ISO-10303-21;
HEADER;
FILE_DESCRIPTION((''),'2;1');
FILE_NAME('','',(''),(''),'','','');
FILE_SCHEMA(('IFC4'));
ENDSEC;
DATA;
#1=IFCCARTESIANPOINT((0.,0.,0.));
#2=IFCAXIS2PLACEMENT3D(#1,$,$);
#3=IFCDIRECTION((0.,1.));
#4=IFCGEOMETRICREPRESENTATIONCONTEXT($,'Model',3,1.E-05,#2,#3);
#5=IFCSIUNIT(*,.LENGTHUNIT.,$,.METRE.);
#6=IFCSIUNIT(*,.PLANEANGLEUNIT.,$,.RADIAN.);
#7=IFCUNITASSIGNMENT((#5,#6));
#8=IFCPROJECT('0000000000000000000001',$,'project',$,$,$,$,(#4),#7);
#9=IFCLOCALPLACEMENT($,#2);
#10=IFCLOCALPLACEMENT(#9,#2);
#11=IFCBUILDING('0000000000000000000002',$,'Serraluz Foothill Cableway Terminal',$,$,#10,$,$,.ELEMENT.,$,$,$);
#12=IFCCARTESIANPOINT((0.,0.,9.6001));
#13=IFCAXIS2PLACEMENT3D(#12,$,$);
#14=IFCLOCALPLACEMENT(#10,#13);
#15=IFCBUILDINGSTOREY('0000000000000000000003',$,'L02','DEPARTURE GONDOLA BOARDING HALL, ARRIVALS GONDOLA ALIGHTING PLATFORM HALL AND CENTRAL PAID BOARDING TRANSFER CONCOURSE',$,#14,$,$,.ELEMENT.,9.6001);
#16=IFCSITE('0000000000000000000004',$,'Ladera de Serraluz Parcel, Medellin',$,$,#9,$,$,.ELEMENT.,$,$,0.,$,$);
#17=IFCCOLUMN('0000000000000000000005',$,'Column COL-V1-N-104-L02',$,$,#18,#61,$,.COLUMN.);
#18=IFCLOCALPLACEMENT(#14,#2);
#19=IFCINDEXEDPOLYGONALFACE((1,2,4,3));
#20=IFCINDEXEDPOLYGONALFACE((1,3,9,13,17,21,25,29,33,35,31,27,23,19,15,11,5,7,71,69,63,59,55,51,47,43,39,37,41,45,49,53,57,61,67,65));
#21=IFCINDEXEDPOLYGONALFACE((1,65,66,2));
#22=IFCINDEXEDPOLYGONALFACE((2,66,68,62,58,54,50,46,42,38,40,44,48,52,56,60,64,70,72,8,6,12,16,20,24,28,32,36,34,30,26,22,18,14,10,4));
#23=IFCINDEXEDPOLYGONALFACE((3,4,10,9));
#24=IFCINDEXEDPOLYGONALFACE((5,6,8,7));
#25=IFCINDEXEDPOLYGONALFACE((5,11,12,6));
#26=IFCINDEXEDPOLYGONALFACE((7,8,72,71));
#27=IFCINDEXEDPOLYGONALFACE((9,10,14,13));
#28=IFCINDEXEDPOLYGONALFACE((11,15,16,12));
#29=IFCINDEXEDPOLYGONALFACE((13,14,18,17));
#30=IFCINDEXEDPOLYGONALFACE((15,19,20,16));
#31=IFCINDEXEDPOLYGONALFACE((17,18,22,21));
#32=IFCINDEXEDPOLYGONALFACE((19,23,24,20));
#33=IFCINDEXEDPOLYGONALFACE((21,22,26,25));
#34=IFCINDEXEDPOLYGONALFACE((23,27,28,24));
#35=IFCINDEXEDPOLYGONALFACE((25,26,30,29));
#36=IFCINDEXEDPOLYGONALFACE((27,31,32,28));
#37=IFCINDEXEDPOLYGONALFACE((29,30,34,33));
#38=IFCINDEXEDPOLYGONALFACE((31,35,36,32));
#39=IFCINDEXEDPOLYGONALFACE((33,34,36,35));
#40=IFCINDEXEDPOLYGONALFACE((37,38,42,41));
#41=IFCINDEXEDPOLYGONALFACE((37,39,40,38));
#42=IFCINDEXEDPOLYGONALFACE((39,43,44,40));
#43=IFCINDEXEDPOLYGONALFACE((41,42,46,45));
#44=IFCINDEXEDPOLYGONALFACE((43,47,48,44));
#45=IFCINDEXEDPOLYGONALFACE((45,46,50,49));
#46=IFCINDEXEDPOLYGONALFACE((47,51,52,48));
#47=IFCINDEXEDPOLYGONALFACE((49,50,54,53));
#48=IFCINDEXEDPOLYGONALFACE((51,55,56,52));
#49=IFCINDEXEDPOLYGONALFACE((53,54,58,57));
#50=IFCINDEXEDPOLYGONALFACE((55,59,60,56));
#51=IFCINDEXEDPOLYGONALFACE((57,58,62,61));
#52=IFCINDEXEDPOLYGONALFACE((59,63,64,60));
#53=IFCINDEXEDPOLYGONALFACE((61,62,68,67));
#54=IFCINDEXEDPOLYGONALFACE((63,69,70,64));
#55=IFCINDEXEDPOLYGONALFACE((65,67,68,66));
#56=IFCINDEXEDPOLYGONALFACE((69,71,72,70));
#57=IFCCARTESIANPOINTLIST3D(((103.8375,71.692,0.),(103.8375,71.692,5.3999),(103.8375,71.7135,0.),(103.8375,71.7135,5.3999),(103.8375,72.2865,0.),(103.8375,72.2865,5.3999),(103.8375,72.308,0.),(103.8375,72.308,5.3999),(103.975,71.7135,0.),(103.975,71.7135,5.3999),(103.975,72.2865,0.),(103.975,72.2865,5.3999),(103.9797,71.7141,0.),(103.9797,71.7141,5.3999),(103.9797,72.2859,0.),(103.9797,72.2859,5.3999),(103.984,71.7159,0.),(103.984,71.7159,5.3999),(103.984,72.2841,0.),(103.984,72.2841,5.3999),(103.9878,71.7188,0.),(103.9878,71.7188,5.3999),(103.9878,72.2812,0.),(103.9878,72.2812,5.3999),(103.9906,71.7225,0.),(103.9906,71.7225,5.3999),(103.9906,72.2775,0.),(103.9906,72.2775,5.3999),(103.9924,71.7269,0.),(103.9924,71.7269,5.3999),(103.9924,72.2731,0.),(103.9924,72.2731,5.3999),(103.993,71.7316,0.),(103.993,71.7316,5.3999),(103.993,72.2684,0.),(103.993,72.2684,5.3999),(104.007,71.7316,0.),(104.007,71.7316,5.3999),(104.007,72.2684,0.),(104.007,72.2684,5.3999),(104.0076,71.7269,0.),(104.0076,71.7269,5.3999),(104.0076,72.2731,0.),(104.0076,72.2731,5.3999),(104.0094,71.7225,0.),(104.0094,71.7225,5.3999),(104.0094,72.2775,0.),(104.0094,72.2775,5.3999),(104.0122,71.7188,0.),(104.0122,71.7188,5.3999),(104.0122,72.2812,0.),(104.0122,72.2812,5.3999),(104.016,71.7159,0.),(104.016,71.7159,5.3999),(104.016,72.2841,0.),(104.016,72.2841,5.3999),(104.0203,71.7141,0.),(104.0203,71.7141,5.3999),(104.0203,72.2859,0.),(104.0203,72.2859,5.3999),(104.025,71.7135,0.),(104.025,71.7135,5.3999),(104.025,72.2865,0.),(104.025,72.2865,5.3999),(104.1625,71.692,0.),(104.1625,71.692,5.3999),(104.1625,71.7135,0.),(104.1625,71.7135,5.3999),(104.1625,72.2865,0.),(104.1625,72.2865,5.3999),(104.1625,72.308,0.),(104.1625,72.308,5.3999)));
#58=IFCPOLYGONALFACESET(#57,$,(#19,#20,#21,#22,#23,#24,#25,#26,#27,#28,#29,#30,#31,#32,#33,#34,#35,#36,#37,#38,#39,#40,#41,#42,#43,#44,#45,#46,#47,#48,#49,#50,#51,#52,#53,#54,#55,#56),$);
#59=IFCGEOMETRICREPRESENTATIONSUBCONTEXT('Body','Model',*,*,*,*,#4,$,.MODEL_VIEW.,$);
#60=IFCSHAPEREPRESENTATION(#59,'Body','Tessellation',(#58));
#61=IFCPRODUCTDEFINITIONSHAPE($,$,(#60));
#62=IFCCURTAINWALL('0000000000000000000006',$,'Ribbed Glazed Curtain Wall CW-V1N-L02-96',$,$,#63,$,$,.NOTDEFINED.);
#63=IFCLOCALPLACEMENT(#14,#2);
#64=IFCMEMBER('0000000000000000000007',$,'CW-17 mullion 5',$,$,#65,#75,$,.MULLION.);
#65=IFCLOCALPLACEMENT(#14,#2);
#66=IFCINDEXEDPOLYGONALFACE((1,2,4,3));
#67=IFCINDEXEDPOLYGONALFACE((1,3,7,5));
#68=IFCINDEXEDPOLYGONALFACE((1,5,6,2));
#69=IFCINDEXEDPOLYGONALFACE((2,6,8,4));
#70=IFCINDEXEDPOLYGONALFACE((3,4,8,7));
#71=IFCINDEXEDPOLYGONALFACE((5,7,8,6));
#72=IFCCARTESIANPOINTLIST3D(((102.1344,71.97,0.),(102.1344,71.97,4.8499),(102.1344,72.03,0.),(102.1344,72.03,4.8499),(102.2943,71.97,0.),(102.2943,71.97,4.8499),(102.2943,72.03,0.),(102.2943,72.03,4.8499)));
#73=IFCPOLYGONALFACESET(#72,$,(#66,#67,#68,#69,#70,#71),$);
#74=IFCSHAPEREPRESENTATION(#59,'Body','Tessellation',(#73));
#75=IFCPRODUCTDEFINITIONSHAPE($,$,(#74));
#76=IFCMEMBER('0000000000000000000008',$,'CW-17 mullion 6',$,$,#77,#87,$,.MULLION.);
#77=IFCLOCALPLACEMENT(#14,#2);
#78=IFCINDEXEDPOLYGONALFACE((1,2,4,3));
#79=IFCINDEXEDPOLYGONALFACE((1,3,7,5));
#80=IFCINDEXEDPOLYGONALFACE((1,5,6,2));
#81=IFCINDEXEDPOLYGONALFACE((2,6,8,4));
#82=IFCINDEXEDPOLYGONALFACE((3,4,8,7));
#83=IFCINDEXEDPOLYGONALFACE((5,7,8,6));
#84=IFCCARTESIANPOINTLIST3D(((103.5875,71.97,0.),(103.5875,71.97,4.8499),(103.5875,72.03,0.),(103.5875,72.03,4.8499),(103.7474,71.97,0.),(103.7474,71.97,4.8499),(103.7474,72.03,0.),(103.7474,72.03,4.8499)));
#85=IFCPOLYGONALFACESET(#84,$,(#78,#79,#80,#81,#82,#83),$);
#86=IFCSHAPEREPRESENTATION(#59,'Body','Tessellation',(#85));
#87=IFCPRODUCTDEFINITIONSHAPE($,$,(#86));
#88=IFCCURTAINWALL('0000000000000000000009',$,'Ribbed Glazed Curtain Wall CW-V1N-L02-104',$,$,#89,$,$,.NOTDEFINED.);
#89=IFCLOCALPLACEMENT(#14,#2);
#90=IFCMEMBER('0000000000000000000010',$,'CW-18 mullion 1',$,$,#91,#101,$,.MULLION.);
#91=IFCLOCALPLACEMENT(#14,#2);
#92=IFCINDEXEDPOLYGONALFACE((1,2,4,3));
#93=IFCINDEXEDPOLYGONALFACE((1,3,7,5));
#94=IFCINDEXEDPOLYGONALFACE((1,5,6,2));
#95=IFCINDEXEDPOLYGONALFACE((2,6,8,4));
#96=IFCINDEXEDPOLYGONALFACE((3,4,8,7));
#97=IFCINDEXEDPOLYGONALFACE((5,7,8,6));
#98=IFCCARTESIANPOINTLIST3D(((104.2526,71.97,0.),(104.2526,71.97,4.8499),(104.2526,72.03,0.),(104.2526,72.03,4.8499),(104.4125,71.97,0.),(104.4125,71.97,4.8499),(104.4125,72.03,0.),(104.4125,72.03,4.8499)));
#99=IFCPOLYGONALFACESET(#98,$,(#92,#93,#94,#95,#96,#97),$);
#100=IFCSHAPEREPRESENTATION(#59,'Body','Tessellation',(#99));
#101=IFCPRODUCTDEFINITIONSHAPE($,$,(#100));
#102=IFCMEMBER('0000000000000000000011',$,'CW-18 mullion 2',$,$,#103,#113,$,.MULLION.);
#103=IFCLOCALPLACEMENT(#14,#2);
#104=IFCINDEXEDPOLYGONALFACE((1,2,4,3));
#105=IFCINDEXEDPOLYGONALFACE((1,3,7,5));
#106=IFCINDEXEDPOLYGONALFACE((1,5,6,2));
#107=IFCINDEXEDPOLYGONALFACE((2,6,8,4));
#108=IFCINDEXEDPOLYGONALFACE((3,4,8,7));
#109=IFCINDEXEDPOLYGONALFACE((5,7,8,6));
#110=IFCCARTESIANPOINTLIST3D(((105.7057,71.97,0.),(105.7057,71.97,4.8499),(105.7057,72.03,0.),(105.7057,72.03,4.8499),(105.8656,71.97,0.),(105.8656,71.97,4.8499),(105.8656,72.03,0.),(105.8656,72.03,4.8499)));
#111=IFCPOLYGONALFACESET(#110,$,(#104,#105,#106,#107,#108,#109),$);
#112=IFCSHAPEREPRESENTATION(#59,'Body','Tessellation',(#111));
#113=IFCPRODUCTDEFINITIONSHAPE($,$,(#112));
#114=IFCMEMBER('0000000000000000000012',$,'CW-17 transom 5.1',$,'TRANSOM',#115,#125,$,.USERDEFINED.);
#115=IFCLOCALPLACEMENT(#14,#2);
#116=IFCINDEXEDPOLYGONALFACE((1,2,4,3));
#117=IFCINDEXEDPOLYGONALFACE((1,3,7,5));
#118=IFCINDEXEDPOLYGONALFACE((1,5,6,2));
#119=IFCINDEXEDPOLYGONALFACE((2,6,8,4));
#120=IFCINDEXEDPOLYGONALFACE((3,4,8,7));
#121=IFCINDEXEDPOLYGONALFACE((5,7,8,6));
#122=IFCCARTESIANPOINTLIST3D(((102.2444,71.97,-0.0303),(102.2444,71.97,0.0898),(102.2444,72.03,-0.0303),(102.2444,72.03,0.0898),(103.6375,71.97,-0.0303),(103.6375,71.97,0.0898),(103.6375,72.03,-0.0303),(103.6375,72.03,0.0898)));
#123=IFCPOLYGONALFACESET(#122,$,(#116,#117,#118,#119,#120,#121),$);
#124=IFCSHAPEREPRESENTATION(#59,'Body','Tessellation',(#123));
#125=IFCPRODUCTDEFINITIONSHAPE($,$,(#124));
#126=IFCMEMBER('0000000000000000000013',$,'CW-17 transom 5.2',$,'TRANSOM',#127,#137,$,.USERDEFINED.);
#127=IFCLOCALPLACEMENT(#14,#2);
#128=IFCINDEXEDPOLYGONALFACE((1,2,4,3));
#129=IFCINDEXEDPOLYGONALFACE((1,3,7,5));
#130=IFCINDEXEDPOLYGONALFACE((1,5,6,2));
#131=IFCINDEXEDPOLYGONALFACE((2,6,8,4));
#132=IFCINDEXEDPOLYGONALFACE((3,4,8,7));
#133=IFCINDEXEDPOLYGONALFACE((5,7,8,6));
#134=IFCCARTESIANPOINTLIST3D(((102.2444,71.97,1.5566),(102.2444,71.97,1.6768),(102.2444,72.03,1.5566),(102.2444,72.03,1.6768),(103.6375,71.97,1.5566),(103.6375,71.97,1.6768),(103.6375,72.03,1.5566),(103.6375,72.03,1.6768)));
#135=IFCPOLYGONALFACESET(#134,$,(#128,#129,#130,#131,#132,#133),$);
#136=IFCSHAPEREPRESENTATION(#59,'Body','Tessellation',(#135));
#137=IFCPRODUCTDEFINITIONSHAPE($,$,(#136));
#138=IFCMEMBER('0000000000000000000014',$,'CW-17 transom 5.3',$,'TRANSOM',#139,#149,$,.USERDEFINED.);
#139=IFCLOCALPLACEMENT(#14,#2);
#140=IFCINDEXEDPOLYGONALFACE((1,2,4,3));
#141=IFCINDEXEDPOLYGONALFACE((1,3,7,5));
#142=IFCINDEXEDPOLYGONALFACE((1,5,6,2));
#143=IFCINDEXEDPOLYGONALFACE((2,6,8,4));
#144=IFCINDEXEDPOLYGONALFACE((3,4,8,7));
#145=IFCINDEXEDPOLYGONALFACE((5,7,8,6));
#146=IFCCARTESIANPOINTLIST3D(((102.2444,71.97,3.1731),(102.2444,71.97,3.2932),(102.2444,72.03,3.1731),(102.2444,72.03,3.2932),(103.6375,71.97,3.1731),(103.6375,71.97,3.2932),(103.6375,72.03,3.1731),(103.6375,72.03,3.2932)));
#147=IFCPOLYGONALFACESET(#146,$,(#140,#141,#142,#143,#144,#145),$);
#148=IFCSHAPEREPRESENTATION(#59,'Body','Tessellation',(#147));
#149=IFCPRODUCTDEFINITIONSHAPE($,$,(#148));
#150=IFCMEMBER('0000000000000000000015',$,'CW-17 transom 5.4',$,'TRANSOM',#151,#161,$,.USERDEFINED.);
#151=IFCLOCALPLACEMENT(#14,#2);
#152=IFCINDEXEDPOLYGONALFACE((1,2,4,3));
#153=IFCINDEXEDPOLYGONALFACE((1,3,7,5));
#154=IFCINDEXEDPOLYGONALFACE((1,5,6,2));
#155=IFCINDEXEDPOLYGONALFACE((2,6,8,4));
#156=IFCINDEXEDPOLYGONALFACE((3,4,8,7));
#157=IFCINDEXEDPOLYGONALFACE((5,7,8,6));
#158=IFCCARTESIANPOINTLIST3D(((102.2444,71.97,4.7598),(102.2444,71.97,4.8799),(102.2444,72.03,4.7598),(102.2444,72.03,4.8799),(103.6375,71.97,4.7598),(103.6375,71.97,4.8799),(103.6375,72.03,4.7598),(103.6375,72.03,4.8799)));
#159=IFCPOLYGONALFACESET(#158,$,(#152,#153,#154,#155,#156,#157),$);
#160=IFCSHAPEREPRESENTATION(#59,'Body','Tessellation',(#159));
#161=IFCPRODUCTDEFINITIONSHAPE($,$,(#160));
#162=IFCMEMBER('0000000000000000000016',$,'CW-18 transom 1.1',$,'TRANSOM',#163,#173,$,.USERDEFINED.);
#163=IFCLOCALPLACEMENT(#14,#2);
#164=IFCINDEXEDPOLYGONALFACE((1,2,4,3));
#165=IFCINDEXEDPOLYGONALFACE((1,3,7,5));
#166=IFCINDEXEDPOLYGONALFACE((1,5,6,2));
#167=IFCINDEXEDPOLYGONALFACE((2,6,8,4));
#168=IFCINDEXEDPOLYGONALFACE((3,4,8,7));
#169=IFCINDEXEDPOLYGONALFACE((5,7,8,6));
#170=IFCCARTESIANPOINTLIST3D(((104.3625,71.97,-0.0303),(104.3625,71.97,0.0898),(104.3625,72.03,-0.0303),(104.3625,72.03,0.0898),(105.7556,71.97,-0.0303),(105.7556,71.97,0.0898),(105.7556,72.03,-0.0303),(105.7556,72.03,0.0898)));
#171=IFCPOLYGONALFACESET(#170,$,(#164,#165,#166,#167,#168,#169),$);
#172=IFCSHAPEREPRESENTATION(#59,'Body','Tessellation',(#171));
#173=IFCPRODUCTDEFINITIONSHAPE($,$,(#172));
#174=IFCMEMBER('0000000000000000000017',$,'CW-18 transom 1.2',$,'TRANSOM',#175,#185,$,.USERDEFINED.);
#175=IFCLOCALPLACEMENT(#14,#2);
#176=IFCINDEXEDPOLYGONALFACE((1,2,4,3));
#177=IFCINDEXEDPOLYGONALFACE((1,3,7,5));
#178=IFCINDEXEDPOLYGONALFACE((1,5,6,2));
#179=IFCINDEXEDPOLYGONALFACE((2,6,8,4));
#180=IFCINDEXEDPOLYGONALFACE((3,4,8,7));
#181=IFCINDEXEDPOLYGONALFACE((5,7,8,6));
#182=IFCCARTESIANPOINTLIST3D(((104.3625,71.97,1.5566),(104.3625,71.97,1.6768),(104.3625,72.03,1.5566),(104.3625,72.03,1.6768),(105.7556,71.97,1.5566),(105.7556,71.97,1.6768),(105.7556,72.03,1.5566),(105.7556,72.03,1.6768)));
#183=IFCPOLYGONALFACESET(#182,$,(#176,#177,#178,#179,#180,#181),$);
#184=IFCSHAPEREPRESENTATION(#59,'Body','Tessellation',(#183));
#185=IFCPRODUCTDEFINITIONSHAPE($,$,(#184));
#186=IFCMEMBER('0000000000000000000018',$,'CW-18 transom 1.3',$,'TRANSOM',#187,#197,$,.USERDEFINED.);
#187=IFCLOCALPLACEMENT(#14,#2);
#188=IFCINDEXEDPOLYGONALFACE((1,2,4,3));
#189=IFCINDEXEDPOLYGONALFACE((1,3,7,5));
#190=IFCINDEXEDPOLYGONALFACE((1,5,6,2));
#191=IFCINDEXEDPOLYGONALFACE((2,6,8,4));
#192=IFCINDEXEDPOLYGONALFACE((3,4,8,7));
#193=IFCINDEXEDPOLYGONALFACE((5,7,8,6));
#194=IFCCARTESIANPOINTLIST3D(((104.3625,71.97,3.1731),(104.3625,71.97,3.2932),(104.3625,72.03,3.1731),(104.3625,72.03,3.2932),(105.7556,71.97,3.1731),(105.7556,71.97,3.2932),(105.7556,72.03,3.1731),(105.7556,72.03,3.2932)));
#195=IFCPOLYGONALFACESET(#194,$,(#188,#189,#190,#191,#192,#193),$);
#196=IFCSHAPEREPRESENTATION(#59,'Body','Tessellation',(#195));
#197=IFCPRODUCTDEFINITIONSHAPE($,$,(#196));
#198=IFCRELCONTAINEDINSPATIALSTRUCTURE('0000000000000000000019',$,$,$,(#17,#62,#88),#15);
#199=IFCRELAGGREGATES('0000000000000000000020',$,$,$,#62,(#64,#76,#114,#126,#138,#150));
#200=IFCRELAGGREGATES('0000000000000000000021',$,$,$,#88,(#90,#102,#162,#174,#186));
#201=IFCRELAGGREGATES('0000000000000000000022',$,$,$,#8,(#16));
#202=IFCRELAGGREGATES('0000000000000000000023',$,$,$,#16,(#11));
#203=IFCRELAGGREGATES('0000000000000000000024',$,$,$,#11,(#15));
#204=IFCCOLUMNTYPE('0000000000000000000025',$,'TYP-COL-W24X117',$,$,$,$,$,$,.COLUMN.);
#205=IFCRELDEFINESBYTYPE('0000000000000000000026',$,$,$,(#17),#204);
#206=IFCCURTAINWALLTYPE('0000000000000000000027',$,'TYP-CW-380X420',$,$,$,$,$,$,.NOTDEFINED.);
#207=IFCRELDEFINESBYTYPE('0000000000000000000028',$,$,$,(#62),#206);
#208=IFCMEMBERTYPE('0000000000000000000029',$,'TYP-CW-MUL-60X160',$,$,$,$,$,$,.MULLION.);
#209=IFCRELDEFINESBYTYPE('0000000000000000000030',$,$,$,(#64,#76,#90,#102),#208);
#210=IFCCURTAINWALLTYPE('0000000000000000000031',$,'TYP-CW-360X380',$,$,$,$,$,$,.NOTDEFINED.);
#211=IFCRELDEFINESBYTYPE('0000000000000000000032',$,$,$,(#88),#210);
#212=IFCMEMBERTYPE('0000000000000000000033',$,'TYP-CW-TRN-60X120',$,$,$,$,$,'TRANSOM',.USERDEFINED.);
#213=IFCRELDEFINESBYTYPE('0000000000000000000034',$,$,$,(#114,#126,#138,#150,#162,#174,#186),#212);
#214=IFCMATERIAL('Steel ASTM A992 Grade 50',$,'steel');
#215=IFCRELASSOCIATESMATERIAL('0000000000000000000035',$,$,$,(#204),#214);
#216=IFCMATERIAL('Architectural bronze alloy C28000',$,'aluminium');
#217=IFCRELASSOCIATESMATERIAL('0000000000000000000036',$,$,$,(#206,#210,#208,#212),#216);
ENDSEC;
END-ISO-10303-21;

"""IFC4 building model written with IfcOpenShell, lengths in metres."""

from ifc_helpers import new_model, si_unit, direction, frame, origin, origin_2d, place, context, subcontext, project, spatial, rectangle, i_section, extrude, material, material_profile, profile_set, type_object, element, aggregate, save


model = new_model("IFC4")

# Units and contexts
model_context = context("Model", 3, precision=1e-05, world=origin(), true_north=direction((0.0, 1.0)))
body_context = subcontext(model_context, "Body", "Model", "MODEL_VIEW")
ifc_project = project(units=[si_unit("LENGTHUNIT", "METRE"), si_unit("PLANEANGLEUNIT", "RADIAN")], contexts=[model_context])

# Site, building, storey
site_placement = place(None, origin())
site = spatial("IfcSite", under=ifc_project, at=site_placement, Name="Ladera de Serraluz Parcel, Medellin", CompositionType="ELEMENT", RefElevation=0.0)
building_placement = place(site_placement, origin())
building = spatial("IfcBuilding", under=site, at=building_placement, Name="Serraluz Foothill Cableway Terminal", CompositionType="ELEMENT")
storey_placement = place(building_placement, frame((0.0, 0.0, 9.6001)))
storey = spatial("IfcBuildingStorey", under=building, at=storey_placement, Name="L02", Description="DEPARTURE GONDOLA BOARDING HALL, ARRIVALS GONDOLA ALIGHTING PLATFORM HALL AND CENTRAL PAID BOARDING TRANSFER CONCOURSE", CompositionType="ELEMENT", Elevation=9.6001)

# Column
ifc_material_1 = material(Name="Steel ASTM A992 Grade 50", Category="steel")
ifc_material_profile_1 = material_profile(ifc_material_1, i_section(OverallWidth=0.325, OverallDepth=0.616, WebThickness=0.0139, FlangeThickness=0.0215, FilletRadius=0.0181, at=origin_2d()), Name="W24X117")
ifc_profile_set_1 = profile_set([ifc_material_profile_1], Name="Steel ASTM A992 Grade 50")
column_type = type_object("IfcColumnType", Name="TYP-COL-W24X117", PredefinedType="COLUMN", material=ifc_profile_set_1)
column_placement = place(storey_placement, frame((104.0, 72.0, 0.0), z_axis=(0.0, 0.0, 1.0), x_axis=(1.0, 0.0, 0.0)))
element("IfcColumn", 1, at=column_placement, inside=storey, type_object=column_type, Name="Column COL-V1-N-104-L02", PredefinedType="COLUMN", context=body_context, shape_type="SweptSolid", body=[
    extrude(i_section(OverallWidth=0.325, OverallDepth=0.616, WebThickness=0.0139, FlangeThickness=0.0215, FilletRadius=0.0181, at=origin_2d()), origin(), (0.0, 0.0, 1.0), 5.3999),
])

# Curtain walls, members
ifc_material_2 = material(Name="Architectural bronze alloy C28000", Category="aluminium")
curtain_wall_type_1 = type_object("IfcCurtainWallType", Name="TYP-CW-380X420", PredefinedType="NOTDEFINED", material=ifc_material_2)
curtain_wall_1_placement = place(storey_placement, origin())
curtain_wall_1 = element("IfcCurtainWall", 2, at=curtain_wall_1_placement, inside=storey, type_object=curtain_wall_type_1, Name="Ribbed Glazed Curtain Wall CW-V1N-L02-96", PredefinedType="NOTDEFINED")
ifc_material_profile_2 = material_profile(ifc_material_2, rectangle(XDim=0.0601, YDim=0.1599, at=origin_2d()), Name="ALU MULLION 60x160")
ifc_profile_set_2 = profile_set([ifc_material_profile_2], Name="Architectural bronze alloy C28000")
member_type_1 = type_object("IfcMemberType", Name="TYP-CW-MUL-60X160", PredefinedType="MULLION", material=ifc_profile_set_2)
member_1_placement = place(storey_placement, frame((102.2144, 72.0, 0.0), z_axis=(0.0, 0.0, 1.0), x_axis=(0.0, 1.0, 0.0)))
member_1 = element("IfcMember", 3, at=member_1_placement, type_object=member_type_1, Name="CW-17 mullion 5", PredefinedType="MULLION", context=body_context, shape_type="SweptSolid", body=[
    extrude(rectangle(XDim=0.0601, YDim=0.1599, at=origin_2d()), origin(), (0.0, 0.0, 1.0), 4.8499),
])
member_2_placement = place(storey_placement, frame((103.6675, 72.0, 0.0), z_axis=(0.0, 0.0, 1.0), x_axis=(0.0, 1.0, 0.0)))
member_2 = element("IfcMember", 4, at=member_2_placement, type_object=member_type_1, Name="CW-17 mullion 6", PredefinedType="MULLION", context=body_context, shape_type="SweptSolid", body=[
    extrude(rectangle(XDim=0.0601, YDim=0.1599, at=origin_2d()), origin(), (0.0, 0.0, 1.0), 4.8499),
])
curtain_wall_type_2 = type_object("IfcCurtainWallType", Name="TYP-CW-360X380", PredefinedType="NOTDEFINED", material=ifc_material_2)
curtain_wall_2_placement = place(storey_placement, origin())
curtain_wall_2 = element("IfcCurtainWall", 5, at=curtain_wall_2_placement, inside=storey, type_object=curtain_wall_type_2, Name="Ribbed Glazed Curtain Wall CW-V1N-L02-104", PredefinedType="NOTDEFINED")
member_3_placement = place(storey_placement, frame((104.3325, 72.0, 0.0), z_axis=(0.0, 0.0, 1.0), x_axis=(0.0, 1.0, 0.0)))
member_3 = element("IfcMember", 6, at=member_3_placement, type_object=member_type_1, Name="CW-18 mullion 1", PredefinedType="MULLION", context=body_context, shape_type="SweptSolid", body=[
    extrude(rectangle(XDim=0.0601, YDim=0.1599, at=origin_2d()), origin(), (0.0, 0.0, 1.0), 4.8499),
])
member_4_placement = place(storey_placement, frame((105.7856, 72.0, 0.0), z_axis=(0.0, 0.0, 1.0), x_axis=(0.0, 1.0, 0.0)))
member_4 = element("IfcMember", 7, at=member_4_placement, type_object=member_type_1, Name="CW-18 mullion 2", PredefinedType="MULLION", context=body_context, shape_type="SweptSolid", body=[
    extrude(rectangle(XDim=0.0601, YDim=0.1599, at=origin_2d()), origin(), (0.0, 0.0, 1.0), 4.8499),
])

# Members
ifc_material_profile_3 = material_profile(ifc_material_2, rectangle(XDim=0.0601, YDim=0.1201, at=origin_2d()), Name="ALU TRANSOM 60x120")
ifc_profile_set_3 = profile_set([ifc_material_profile_3], Name="Architectural bronze alloy C28000")
member_type_2 = type_object("IfcMemberType", Name="TYP-CW-TRN-60X120", ElementType="TRANSOM", PredefinedType="USERDEFINED", material=ifc_profile_set_3)
member_5_placement = place(storey_placement, frame((102.2444, 72.0, 0.0298), z_axis=(1.0, 0.0, 0.0), x_axis=(0.0, 1.0, 0.0)))
member_5 = element("IfcMember", 8, at=member_5_placement, type_object=member_type_2, Name="CW-17 transom 5.1", ObjectType="TRANSOM", PredefinedType="USERDEFINED", context=body_context, shape_type="SweptSolid", body=[
    extrude(rectangle(XDim=0.0601, YDim=0.1201, at=origin_2d()), origin(), (0.0, 0.0, 1.0), 1.3931),
])
member_6_placement = place(storey_placement, frame((102.2444, 72.0, 1.6167), z_axis=(1.0, 0.0, 0.0), x_axis=(0.0, 1.0, 0.0)))
member_6 = element("IfcMember", 9, at=member_6_placement, type_object=member_type_2, Name="CW-17 transom 5.2", ObjectType="TRANSOM", PredefinedType="USERDEFINED", context=body_context, shape_type="SweptSolid", body=[
    extrude(rectangle(XDim=0.0601, YDim=0.1201, at=origin_2d()), origin(), (0.0, 0.0, 1.0), 1.3931),
])
member_7_placement = place(storey_placement, frame((102.2444, 72.0, 3.2332), z_axis=(1.0, 0.0, 0.0), x_axis=(0.0, 1.0, 0.0)))
member_7 = element("IfcMember", 10, at=member_7_placement, type_object=member_type_2, Name="CW-17 transom 5.3", ObjectType="TRANSOM", PredefinedType="USERDEFINED", context=body_context, shape_type="SweptSolid", body=[
    extrude(rectangle(XDim=0.0601, YDim=0.1201, at=origin_2d()), origin(), (0.0, 0.0, 1.0), 1.3931),
])
member_8_placement = place(storey_placement, frame((102.2444, 72.0, 4.8198), z_axis=(1.0, 0.0, 0.0), x_axis=(0.0, 1.0, 0.0)))
member_8 = element("IfcMember", 11, at=member_8_placement, type_object=member_type_2, Name="CW-17 transom 5.4", ObjectType="TRANSOM", PredefinedType="USERDEFINED", context=body_context, shape_type="SweptSolid", body=[
    extrude(rectangle(XDim=0.0601, YDim=0.1201, at=origin_2d()), origin(), (0.0, 0.0, 1.0), 1.3931),
])
member_9_placement = place(storey_placement, frame((104.3625, 72.0, 0.0298), z_axis=(1.0, 0.0, 0.0), x_axis=(0.0, 1.0, 0.0)))
member_9 = element("IfcMember", 12, at=member_9_placement, type_object=member_type_2, Name="CW-18 transom 1.1", ObjectType="TRANSOM", PredefinedType="USERDEFINED", context=body_context, shape_type="SweptSolid", body=[
    extrude(rectangle(XDim=0.0601, YDim=0.1201, at=origin_2d()), origin(), (0.0, 0.0, 1.0), 1.3931),
])
member_10_placement = place(storey_placement, frame((104.3625, 72.0, 1.6167), z_axis=(1.0, 0.0, 0.0), x_axis=(0.0, 1.0, 0.0)))
member_10 = element("IfcMember", 13, at=member_10_placement, type_object=member_type_2, Name="CW-18 transom 1.2", ObjectType="TRANSOM", PredefinedType="USERDEFINED", context=body_context, shape_type="SweptSolid", body=[
    extrude(rectangle(XDim=0.0601, YDim=0.1201, at=origin_2d()), origin(), (0.0, 0.0, 1.0), 1.3931),
])
member_11_placement = place(storey_placement, frame((104.3625, 72.0, 3.2332), z_axis=(1.0, 0.0, 0.0), x_axis=(0.0, 1.0, 0.0)))
member_11 = element("IfcMember", 14, at=member_11_placement, type_object=member_type_2, Name="CW-18 transom 1.3", ObjectType="TRANSOM", PredefinedType="USERDEFINED", context=body_context, shape_type="SweptSolid", body=[
    extrude(rectangle(XDim=0.0601, YDim=0.1201, at=origin_2d()), origin(), (0.0, 0.0, 1.0), 1.3931),
])

aggregate(curtain_wall_1, [member_1, member_2, member_5, member_6, member_7, member_8])
aggregate(curtain_wall_2, [member_3, member_4, member_9, member_10, member_11])

save(model, "model.ifc")
